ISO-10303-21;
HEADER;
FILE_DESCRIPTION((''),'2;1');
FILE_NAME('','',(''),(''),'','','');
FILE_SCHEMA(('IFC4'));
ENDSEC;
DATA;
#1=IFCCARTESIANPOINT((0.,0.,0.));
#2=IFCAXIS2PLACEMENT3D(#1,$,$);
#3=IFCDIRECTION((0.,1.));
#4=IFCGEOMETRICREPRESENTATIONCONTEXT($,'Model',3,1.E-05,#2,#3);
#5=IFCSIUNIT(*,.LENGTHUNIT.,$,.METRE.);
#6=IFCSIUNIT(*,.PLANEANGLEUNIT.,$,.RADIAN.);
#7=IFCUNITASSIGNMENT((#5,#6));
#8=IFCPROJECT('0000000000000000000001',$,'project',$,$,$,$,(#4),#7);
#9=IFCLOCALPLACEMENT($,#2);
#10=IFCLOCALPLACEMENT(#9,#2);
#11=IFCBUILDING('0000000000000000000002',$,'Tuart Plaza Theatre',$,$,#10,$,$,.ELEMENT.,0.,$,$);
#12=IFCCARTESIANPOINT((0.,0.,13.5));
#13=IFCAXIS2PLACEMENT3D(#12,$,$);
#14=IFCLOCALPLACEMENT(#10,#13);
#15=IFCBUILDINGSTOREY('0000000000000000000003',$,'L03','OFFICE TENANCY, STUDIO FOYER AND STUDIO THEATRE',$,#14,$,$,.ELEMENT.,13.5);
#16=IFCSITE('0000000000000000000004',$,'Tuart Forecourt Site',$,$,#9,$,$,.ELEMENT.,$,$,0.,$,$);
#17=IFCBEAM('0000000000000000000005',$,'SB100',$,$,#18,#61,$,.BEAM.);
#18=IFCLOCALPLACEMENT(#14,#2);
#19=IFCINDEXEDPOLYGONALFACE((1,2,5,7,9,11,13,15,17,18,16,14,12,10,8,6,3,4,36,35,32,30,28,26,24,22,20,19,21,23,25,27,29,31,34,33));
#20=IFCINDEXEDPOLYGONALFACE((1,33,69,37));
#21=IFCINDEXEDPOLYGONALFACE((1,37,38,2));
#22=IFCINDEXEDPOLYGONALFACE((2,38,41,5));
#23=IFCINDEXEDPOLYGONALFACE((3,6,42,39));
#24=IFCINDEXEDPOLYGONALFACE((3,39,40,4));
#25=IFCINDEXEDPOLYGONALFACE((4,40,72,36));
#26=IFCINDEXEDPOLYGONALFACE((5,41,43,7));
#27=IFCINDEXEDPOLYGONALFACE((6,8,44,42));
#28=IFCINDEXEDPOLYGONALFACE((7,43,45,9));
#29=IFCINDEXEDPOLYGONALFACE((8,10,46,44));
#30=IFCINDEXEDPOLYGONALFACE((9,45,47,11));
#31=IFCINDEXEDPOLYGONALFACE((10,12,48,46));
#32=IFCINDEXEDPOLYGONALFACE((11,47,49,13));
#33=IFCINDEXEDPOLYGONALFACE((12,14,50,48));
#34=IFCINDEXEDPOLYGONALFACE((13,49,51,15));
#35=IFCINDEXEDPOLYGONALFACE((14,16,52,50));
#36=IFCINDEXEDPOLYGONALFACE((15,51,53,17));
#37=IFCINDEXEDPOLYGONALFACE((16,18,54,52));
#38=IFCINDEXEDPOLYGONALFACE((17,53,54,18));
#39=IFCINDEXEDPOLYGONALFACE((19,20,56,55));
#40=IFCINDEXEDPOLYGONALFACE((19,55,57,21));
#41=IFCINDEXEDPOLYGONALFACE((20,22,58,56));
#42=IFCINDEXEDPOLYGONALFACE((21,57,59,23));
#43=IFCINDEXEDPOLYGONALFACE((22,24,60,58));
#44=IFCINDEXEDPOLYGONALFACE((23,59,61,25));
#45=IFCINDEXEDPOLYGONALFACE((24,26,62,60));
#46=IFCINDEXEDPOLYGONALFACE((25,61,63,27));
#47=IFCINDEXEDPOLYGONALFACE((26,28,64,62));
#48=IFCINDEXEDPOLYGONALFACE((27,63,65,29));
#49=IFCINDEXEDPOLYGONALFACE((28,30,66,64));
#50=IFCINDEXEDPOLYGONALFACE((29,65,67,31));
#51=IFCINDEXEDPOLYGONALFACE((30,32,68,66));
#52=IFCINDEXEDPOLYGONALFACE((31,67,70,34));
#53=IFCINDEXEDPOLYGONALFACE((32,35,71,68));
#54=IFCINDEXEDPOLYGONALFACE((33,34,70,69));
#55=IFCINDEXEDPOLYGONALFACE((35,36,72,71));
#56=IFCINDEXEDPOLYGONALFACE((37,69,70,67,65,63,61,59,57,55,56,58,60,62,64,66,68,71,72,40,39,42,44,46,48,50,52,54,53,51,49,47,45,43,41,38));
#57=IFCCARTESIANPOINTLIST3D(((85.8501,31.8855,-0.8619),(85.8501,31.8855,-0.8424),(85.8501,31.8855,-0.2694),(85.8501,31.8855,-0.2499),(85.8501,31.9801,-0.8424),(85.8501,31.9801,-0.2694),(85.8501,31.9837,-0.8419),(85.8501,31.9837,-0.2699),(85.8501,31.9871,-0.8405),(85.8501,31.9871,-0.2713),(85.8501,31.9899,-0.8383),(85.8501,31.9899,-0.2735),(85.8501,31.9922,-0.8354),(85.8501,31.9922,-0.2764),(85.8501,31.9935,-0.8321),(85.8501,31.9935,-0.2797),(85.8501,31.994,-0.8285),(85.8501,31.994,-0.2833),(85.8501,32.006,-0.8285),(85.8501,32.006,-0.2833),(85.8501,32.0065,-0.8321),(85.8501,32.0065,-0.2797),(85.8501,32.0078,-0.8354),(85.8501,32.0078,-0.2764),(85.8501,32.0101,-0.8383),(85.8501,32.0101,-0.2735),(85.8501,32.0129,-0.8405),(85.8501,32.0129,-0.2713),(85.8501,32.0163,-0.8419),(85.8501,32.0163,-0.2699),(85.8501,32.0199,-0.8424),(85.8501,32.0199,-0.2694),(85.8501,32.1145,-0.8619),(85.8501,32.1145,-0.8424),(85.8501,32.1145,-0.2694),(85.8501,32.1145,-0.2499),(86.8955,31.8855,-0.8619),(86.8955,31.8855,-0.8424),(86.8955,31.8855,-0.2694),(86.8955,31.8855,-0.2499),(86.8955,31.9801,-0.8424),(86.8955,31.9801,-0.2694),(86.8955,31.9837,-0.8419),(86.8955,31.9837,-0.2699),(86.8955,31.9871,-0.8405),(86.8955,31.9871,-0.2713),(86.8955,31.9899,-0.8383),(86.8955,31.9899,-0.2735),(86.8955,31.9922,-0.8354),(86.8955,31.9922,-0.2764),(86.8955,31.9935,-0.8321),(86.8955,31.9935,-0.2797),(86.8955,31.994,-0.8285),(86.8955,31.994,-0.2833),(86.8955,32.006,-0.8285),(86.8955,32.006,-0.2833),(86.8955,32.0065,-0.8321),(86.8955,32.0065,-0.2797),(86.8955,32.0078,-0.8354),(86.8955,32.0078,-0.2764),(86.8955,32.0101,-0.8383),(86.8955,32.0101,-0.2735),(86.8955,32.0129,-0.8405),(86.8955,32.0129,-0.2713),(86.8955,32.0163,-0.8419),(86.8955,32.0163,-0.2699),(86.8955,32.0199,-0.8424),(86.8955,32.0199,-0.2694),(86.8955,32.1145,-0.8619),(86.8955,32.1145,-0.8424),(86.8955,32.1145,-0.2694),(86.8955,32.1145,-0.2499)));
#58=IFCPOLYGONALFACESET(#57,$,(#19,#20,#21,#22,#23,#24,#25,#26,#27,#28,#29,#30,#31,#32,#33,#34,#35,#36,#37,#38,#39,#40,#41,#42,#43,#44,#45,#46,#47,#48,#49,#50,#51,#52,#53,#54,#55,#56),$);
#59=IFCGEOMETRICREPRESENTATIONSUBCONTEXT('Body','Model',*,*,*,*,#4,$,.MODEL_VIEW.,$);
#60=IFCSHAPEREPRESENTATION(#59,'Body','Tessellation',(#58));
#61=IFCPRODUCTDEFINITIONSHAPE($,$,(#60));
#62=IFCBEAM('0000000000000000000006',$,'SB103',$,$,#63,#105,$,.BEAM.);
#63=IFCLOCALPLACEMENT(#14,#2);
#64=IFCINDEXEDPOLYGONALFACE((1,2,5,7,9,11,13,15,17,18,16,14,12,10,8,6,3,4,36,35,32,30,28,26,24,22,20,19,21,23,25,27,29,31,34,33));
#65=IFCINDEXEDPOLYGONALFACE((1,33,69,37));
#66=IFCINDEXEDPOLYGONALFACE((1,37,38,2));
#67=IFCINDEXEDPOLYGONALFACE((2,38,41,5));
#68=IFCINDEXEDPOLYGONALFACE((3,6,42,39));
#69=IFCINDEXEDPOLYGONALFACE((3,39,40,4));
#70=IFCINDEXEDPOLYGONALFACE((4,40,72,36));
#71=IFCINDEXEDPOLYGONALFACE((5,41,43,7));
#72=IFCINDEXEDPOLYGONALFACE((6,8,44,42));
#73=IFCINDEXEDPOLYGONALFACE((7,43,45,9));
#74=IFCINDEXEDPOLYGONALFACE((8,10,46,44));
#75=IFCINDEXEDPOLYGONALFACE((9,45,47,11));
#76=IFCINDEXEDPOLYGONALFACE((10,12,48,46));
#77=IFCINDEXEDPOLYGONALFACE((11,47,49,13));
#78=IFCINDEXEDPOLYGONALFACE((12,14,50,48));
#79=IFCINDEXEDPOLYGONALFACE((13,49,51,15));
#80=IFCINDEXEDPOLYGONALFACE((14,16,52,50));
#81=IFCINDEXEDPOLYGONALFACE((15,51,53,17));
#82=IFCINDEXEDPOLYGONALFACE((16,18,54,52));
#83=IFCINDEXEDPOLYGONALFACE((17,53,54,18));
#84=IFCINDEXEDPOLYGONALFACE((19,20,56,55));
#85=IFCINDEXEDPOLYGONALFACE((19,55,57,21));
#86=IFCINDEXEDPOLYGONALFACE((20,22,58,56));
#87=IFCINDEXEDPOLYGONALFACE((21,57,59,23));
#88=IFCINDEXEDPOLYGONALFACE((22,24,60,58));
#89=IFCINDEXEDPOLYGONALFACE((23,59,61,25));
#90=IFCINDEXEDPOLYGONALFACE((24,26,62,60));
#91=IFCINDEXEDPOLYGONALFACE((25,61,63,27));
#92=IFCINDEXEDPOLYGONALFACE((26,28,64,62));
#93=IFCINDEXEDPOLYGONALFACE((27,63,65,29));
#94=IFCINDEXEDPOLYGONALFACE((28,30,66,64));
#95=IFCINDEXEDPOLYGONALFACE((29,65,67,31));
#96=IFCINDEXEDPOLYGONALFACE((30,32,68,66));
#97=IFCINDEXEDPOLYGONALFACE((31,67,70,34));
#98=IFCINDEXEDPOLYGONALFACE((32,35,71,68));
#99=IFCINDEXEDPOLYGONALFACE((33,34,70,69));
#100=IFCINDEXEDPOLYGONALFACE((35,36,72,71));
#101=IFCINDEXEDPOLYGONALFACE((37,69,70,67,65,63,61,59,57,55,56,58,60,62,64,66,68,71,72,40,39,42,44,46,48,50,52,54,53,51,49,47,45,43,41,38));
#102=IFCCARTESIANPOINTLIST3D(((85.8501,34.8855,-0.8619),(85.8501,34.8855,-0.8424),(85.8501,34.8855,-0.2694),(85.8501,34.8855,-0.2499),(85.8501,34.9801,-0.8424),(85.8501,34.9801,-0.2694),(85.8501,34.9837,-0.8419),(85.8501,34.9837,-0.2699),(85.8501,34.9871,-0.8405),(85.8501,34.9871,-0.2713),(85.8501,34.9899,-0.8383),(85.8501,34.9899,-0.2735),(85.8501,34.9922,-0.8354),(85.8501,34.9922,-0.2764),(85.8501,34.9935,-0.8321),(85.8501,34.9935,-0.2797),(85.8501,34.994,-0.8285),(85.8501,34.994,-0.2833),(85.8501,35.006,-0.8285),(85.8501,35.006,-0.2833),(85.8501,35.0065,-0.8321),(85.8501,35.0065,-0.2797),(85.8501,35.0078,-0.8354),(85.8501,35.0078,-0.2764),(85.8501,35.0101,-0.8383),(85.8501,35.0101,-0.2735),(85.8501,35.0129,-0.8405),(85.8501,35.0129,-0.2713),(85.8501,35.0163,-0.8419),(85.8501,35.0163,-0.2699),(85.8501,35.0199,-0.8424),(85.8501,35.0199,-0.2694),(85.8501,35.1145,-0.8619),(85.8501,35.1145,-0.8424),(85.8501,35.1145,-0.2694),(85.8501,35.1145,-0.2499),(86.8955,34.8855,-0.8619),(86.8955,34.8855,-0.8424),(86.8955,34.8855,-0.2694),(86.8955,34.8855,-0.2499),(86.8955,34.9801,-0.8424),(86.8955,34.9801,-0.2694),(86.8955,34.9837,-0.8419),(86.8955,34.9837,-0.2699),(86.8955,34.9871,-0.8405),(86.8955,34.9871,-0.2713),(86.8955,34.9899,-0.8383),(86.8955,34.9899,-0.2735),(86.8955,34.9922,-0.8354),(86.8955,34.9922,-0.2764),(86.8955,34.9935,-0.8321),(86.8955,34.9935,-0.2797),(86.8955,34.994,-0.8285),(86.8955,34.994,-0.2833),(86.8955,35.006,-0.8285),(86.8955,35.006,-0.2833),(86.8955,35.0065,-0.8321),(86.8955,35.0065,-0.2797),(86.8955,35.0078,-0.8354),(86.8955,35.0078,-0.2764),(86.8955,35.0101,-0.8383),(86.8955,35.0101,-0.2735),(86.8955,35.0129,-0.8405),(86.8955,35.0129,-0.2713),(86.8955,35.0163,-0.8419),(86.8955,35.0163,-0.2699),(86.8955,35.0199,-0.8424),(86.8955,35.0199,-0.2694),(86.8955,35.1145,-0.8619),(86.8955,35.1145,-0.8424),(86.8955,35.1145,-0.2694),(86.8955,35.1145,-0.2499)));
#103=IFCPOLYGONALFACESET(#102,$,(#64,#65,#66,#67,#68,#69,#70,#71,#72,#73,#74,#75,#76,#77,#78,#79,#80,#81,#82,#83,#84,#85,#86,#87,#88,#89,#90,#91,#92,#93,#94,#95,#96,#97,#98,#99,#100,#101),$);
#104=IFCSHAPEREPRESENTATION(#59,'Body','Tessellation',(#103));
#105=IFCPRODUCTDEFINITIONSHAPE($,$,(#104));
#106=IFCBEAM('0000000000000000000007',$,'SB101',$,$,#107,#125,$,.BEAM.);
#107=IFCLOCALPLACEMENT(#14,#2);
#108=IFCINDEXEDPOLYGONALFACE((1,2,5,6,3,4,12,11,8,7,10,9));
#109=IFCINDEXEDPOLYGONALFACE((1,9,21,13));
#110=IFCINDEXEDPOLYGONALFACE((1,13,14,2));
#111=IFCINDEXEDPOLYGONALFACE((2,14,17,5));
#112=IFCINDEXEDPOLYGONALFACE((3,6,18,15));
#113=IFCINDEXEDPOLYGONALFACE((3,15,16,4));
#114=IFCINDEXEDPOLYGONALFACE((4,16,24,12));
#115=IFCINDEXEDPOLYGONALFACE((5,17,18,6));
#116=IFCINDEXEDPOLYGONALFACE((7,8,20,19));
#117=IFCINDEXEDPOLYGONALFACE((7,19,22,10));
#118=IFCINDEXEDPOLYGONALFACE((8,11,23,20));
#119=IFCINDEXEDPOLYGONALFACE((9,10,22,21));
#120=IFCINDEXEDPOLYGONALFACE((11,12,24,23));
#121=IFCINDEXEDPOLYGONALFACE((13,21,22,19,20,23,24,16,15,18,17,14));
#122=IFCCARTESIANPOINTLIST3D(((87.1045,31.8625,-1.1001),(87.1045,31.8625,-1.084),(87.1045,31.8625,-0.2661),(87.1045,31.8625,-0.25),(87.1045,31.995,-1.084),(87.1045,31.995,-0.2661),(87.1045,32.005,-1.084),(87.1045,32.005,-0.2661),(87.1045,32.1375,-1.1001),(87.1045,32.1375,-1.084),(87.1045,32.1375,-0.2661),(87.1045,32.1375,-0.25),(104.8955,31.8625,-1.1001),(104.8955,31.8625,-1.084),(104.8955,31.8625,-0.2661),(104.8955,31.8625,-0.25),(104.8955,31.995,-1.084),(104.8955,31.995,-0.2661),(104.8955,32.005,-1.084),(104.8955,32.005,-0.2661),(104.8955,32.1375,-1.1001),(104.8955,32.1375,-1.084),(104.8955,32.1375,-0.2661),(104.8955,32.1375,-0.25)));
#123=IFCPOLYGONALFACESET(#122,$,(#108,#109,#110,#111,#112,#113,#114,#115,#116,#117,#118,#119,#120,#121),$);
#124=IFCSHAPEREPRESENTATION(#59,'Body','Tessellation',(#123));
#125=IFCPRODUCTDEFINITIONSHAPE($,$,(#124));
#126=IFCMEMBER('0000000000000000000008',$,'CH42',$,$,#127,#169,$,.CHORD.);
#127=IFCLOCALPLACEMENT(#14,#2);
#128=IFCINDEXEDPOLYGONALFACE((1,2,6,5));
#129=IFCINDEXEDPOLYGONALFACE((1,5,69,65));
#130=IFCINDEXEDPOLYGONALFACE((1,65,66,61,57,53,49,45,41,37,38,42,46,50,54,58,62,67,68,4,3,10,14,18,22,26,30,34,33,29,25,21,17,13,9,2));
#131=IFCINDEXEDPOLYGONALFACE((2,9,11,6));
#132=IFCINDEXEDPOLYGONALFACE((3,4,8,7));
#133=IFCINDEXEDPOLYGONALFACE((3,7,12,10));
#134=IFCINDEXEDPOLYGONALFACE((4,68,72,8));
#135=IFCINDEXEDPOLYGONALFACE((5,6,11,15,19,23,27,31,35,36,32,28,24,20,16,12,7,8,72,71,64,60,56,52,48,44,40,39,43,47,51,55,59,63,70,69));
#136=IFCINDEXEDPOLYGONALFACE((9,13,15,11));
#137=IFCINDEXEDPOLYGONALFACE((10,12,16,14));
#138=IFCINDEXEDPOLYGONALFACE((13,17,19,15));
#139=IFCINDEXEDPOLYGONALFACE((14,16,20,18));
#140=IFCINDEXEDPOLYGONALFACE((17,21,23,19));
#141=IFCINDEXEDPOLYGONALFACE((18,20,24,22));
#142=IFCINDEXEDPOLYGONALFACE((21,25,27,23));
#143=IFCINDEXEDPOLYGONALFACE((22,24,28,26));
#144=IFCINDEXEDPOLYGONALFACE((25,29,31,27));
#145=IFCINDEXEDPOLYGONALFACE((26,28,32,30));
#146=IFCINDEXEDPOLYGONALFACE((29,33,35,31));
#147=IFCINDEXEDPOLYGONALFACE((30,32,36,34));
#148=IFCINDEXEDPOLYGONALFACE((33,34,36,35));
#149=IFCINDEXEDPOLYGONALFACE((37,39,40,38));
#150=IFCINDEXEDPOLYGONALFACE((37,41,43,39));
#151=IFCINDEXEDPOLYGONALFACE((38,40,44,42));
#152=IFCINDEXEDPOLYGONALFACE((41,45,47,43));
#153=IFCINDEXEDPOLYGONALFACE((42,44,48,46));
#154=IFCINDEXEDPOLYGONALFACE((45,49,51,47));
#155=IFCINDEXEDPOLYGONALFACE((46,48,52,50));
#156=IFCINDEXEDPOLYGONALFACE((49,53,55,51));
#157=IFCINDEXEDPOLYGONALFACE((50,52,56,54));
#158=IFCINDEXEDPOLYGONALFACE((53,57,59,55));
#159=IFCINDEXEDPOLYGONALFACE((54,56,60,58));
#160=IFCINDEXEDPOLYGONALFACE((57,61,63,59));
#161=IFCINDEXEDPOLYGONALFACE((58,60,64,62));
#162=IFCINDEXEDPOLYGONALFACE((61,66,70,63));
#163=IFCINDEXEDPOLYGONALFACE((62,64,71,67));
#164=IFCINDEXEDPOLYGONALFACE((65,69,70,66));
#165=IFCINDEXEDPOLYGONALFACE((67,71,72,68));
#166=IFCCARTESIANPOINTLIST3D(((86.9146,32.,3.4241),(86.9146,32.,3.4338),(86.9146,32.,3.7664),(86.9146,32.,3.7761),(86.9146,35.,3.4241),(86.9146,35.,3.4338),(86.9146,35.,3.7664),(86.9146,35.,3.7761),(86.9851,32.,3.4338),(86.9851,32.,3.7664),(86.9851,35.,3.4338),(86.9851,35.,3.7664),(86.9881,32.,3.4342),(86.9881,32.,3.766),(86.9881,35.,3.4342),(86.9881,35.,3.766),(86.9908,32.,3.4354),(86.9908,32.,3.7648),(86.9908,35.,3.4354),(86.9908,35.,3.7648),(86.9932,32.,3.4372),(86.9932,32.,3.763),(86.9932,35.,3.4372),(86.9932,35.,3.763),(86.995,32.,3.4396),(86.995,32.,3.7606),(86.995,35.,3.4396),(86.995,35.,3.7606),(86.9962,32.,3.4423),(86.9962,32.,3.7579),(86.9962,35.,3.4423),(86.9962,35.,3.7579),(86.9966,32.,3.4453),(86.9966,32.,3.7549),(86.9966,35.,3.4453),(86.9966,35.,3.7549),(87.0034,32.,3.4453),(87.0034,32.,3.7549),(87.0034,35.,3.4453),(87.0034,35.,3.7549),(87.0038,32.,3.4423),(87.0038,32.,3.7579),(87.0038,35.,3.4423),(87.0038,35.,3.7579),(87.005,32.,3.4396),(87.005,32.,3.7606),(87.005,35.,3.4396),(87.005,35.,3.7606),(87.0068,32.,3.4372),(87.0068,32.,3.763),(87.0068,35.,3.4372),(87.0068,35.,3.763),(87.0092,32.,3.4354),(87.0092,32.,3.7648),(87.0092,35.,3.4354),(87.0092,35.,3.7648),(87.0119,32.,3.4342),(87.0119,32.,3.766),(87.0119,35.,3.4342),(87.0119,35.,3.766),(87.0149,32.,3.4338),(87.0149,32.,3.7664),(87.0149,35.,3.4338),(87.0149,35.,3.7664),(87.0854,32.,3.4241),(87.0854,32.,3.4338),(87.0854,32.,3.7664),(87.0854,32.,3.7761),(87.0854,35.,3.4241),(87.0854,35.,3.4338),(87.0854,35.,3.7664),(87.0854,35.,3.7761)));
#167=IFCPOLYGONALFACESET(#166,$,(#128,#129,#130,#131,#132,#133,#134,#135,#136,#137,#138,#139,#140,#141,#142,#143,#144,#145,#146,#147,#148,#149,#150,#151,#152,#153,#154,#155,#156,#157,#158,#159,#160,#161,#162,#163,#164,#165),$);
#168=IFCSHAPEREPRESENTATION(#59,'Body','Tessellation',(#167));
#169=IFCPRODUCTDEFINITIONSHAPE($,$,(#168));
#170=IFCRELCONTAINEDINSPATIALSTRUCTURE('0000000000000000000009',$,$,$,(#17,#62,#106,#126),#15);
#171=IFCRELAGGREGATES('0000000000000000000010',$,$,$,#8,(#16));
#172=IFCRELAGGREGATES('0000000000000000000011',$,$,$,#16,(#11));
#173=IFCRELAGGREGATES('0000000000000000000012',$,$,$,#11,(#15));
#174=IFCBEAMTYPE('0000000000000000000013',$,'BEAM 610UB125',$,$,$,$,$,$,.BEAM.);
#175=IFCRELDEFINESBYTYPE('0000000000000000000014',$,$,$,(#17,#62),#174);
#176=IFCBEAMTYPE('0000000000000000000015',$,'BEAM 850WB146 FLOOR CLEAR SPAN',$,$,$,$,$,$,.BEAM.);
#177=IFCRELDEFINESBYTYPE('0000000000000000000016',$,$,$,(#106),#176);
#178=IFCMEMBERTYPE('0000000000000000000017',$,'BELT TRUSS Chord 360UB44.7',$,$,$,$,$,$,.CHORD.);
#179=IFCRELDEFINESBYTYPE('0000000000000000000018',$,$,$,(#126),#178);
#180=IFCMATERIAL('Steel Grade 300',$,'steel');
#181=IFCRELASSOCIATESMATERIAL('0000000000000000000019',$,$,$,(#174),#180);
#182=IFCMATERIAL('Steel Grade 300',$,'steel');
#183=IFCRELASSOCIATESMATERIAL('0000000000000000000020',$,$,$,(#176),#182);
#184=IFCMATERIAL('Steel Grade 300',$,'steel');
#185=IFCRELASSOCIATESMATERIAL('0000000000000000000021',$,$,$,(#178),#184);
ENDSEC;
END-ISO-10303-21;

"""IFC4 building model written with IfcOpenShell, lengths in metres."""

from ifc_helpers import new_model, si_unit, direction, frame, origin, origin_2d, place, context, subcontext, project, spatial, i_section, extrude, material, material_profile, profile_set, type_object, element, save


model = new_model("IFC4")

# Units and contexts
model_context = context("Model", 3, precision=1e-05, world=origin(), true_north=direction((0.0, 1.0)))
body_context = subcontext(model_context, "Body", "Model", "MODEL_VIEW")
ifc_project = project(units=[si_unit("LENGTHUNIT", "METRE"), si_unit("PLANEANGLEUNIT", "RADIAN")], contexts=[model_context])

# Site, building, storey
site_placement = place(None, origin())
site = spatial("IfcSite", under=ifc_project, at=site_placement, Name="Tuart Forecourt Site", CompositionType="ELEMENT", RefElevation=0.0)
building_placement = place(site_placement, origin())
building = spatial("IfcBuilding", under=site, at=building_placement, Name="Tuart Plaza Theatre", CompositionType="ELEMENT", ElevationOfRefHeight=0.0)
storey_placement = place(building_placement, frame((0.0, 0.0, 13.5)))
storey = spatial("IfcBuildingStorey", under=building, at=storey_placement, Name="L03", Description="OFFICE TENANCY, STUDIO FOYER AND STUDIO THEATRE", CompositionType="ELEMENT", Elevation=13.5)

# Beams
ifc_material_1 = material(Name="Steel Grade 300", Category="steel")
ifc_material_profile_1 = material_profile(ifc_material_1, i_section(OverallWidth=0.229, OverallDepth=0.6121, WebThickness=0.012, FlangeThickness=0.0195, FilletRadius=0.0139, at=origin_2d()), Name="610UB125")
ifc_profile_set_1 = profile_set([ifc_material_profile_1], Name="Steel Grade 300")
beam_type_1 = type_object("IfcBeamType", Name="BEAM 610UB125", PredefinedType="BEAM", material=ifc_profile_set_1)
for number, where, z_axis, x_axis, name in (
    (1, (85.8501, 32.0, -0.5559), (1.0, 0.0, 0.0), (0.0, 1.0, 0.0), "SB100"),
    (2, (85.8501, 35.0, -0.5559), (1.0, 0.0, 0.0), (0.0, 1.0, 0.0), "SB103"),
):
    element("IfcBeam", number, at=place(storey_placement, frame(where, z_axis=z_axis, x_axis=x_axis)), inside=storey, type_object=beam_type_1, Name=name, PredefinedType="BEAM", context=body_context, shape_type="SweptSolid", body=[
        extrude(i_section(OverallWidth=0.229, OverallDepth=0.6121, WebThickness=0.012, FlangeThickness=0.0195, FilletRadius=0.0139, at=origin_2d()), origin(), (0.0, 0.0, 1.0), 1.0454),
    ])
ifc_material_2 = material(Name="Steel Grade 300", Category="steel")
ifc_material_profile_2 = material_profile(ifc_material_2, i_section(OverallWidth=0.2749, OverallDepth=0.8501, WebThickness=0.01, FlangeThickness=0.0161, at=origin_2d()), Name="850WB146")
ifc_profile_set_2 = profile_set([ifc_material_profile_2], Name="Steel Grade 300")
beam_type_2 = type_object("IfcBeamType", Name="BEAM 850WB146 FLOOR CLEAR SPAN", PredefinedType="BEAM", material=ifc_profile_set_2)
beam_placement = place(storey_placement, frame((87.1045, 32.0, -0.675), z_axis=(1.0, 0.0, 0.0), x_axis=(0.0, 1.0, 0.0)))
element("IfcBeam", 3, at=beam_placement, inside=storey, type_object=beam_type_2, Name="SB101", PredefinedType="BEAM", context=body_context, shape_type="SweptSolid", body=[
    extrude(i_section(OverallWidth=0.2749, OverallDepth=0.8501, WebThickness=0.01, FlangeThickness=0.0161, at=origin_2d()), origin(), (0.0, 0.0, 1.0), 17.791),
])

# Member
ifc_material_3 = material(Name="Steel Grade 300", Category="steel")
ifc_material_profile_3 = material_profile(ifc_material_3, i_section(OverallWidth=0.1709, OverallDepth=0.3521, WebThickness=0.0068, FlangeThickness=0.0098, FilletRadius=0.0115, at=origin_2d()), Name="360UB44.7")
ifc_profile_set_3 = profile_set([ifc_material_profile_3], Name="Steel Grade 300")
member_type_1 = type_object("IfcMemberType", Name="BELT TRUSS Chord 360UB44.7", PredefinedType="CHORD", material=ifc_profile_set_3)
for number, where, z_axis, x_axis, name in (
    (4, (87.0, 32.0, 3.6001), (0.0, 1.0, 0.0), (-1.0, 0.0, 0.0), "CH42"),
):
    element("IfcMember", number, at=place(storey_placement, frame(where, z_axis=z_axis, x_axis=x_axis)), inside=storey, type_object=member_type_1, Name=name, PredefinedType="CHORD", context=body_context, shape_type="SweptSolid", body=[
        extrude(i_section(OverallWidth=0.1709, OverallDepth=0.3521, WebThickness=0.0068, FlangeThickness=0.0098, FilletRadius=0.0115, at=origin_2d()), origin(), (0.0, 0.0, 1.0), 3.0),
    ])

save(model, "model.ifc")
